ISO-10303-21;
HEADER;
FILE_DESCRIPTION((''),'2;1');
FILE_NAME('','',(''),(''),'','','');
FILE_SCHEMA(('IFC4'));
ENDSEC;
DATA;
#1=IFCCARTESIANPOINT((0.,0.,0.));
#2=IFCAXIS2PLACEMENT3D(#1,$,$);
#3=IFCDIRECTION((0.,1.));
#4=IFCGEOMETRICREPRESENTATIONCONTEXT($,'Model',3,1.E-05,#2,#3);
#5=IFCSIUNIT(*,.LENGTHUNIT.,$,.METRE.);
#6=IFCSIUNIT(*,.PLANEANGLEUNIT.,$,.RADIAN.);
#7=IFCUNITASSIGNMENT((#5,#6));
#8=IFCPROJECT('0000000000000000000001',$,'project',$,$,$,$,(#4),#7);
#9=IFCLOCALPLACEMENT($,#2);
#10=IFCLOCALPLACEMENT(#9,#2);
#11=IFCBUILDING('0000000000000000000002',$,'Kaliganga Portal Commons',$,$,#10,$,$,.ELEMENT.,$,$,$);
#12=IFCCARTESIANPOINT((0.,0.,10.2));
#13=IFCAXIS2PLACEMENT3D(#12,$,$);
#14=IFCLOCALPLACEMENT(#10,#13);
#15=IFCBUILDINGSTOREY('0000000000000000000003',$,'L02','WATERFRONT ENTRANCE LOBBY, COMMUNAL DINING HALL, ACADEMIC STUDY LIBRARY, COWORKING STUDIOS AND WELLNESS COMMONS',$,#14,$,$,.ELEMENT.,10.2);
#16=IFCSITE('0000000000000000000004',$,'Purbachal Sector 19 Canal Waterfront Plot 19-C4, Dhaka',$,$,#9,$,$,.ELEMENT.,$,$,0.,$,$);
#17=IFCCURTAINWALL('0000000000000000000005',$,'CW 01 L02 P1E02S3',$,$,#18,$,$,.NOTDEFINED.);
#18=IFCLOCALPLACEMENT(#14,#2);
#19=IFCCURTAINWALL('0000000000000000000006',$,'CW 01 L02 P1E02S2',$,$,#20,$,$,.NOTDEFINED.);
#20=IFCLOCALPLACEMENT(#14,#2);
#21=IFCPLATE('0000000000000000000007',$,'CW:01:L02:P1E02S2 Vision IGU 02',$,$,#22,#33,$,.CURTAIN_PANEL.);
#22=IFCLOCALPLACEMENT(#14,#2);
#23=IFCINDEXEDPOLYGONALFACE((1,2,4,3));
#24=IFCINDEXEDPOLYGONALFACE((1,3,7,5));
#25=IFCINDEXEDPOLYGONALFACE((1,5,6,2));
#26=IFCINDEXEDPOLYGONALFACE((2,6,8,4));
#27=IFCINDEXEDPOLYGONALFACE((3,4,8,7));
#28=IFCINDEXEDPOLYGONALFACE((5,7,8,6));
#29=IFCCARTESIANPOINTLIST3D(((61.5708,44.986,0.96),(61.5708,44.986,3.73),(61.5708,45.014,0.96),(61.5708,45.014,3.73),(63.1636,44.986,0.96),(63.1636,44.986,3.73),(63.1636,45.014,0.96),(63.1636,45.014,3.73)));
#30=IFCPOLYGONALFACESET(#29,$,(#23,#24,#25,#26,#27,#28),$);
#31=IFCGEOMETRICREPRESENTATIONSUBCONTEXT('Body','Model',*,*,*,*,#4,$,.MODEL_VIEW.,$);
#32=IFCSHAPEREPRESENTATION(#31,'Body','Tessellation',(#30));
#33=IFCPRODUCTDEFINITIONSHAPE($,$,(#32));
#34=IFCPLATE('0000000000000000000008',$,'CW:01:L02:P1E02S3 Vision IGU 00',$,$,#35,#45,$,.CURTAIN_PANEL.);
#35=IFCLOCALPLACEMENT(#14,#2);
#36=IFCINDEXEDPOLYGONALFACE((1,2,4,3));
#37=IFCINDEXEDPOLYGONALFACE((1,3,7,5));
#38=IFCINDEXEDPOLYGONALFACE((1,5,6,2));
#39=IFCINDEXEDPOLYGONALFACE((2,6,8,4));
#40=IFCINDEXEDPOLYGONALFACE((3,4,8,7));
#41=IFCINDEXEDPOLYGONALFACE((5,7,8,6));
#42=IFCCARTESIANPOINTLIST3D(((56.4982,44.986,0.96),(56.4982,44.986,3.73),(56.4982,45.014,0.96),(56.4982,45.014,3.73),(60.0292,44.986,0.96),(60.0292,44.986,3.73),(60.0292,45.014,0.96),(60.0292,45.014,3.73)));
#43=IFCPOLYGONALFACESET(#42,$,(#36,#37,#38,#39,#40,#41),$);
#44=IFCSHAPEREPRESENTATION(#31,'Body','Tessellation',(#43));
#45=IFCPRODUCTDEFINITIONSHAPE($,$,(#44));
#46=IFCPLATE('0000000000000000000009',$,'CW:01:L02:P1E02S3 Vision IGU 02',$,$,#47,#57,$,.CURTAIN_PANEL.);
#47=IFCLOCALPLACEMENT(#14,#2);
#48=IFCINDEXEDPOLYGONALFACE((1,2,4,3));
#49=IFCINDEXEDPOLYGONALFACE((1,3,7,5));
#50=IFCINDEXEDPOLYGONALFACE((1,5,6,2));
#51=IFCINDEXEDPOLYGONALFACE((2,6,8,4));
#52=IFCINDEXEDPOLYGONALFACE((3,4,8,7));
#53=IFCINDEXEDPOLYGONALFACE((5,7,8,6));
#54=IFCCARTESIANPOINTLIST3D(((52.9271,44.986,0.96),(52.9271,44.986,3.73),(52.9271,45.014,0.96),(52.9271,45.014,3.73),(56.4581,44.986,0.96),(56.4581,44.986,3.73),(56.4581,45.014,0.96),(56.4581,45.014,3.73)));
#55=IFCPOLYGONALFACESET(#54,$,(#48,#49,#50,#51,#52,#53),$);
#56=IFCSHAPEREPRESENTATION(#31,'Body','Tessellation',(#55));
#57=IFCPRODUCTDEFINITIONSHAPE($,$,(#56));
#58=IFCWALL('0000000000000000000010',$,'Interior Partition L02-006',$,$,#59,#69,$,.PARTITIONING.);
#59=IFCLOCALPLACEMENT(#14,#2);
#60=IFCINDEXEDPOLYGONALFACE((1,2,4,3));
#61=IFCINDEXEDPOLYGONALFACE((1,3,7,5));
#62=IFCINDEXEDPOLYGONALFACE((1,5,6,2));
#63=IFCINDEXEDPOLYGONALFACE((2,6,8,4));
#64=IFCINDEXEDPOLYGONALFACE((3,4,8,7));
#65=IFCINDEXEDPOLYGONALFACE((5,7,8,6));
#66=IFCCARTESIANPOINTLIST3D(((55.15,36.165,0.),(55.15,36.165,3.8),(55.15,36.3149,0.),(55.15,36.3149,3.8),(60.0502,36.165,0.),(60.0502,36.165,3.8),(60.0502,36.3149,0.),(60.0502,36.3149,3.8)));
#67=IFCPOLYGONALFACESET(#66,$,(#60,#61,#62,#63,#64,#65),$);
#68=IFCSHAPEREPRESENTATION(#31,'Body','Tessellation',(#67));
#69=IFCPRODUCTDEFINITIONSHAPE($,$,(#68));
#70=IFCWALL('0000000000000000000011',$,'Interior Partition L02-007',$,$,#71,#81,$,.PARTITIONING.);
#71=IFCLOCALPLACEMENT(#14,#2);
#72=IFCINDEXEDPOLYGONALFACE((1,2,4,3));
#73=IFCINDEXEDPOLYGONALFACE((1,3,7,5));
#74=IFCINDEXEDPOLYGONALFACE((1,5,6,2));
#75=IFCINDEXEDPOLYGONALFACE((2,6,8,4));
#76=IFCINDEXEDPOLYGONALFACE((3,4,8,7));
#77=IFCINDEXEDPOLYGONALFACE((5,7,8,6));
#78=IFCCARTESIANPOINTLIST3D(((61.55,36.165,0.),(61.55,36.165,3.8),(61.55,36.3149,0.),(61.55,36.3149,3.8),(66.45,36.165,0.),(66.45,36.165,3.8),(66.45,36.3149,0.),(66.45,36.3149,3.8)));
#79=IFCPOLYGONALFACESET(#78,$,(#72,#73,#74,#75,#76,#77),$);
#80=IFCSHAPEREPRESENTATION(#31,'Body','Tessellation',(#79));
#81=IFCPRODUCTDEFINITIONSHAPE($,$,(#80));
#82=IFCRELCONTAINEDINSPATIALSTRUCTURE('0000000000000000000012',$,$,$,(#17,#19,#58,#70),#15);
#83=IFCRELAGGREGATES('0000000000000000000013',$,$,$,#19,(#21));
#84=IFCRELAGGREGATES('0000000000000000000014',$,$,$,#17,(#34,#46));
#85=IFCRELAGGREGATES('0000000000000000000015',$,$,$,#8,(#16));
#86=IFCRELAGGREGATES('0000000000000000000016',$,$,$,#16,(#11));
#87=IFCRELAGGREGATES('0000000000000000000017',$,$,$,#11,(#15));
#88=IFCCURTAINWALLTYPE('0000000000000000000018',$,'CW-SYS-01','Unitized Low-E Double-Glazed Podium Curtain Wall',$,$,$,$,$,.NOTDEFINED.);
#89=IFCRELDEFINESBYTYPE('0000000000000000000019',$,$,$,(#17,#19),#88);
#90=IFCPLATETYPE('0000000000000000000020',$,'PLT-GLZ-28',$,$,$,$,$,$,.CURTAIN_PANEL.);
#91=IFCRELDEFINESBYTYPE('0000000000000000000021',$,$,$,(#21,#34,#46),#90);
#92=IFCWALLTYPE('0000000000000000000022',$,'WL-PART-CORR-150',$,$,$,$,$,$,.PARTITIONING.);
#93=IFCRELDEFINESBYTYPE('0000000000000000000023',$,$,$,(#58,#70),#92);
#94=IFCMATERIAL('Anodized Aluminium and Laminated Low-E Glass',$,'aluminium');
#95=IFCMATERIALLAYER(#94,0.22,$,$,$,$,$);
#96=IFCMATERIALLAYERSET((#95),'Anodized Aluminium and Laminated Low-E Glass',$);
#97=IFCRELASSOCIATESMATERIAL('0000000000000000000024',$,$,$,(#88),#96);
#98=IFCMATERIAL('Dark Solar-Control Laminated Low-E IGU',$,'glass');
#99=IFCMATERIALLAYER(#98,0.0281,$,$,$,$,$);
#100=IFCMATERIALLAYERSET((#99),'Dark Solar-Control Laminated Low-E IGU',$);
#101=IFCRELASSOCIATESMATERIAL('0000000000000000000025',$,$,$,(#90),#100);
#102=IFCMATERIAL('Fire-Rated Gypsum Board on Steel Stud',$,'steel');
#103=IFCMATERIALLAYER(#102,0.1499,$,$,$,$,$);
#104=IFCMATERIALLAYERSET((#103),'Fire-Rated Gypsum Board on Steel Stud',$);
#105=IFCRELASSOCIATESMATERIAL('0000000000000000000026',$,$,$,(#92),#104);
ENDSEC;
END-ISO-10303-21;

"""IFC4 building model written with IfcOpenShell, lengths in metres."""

from ifc_helpers import new_model, si_unit, direction, frame, frame_2d, origin, origin_2d, place, context, subcontext, project, spatial, rectangle, extrude, source, transform, mapped, material, layer, layer_set, type_object, element, aggregate, save


model = new_model("IFC4")

# Units and contexts
model_context = context("Model", 3, precision=1e-05, world=origin(), true_north=direction((0.0, 1.0)))
body_context = subcontext(model_context, "Body", "Model", "MODEL_VIEW")
ifc_project = project(units=[si_unit("LENGTHUNIT", "METRE"), si_unit("PLANEANGLEUNIT", "RADIAN")], contexts=[model_context])

# Site, building, storey
site_placement = place(None, origin())
site = spatial("IfcSite", under=ifc_project, at=site_placement, Name="Purbachal Sector 19 Canal Waterfront Plot 19-C4, Dhaka", CompositionType="ELEMENT", RefElevation=0.0)
building_placement = place(site_placement, origin())
building = spatial("IfcBuilding", under=site, at=building_placement, Name="Kaliganga Portal Commons", CompositionType="ELEMENT")
storey_placement = place(building_placement, frame((0.0, 0.0, 10.2)))
storey = spatial("IfcBuildingStorey", under=building, at=storey_placement, Name="L02", Description="WATERFRONT ENTRANCE LOBBY, COMMUNAL DINING HALL, ACADEMIC STUDY LIBRARY, COWORKING STUDIOS AND WELLNESS COMMONS", CompositionType="ELEMENT", Elevation=10.2)

# Curtain walls
ifc_material_1 = material(Name="Anodized Aluminium and Laminated Low-E Glass", Category="aluminium")
ifc_layer_1 = layer(ifc_material_1, 0.22)
ifc_layer_set_1 = layer_set([ifc_layer_1], Name="Anodized Aluminium and Laminated Low-E Glass")
curtain_wall_type = type_object("IfcCurtainWallType", Name="CW-SYS-01", Description="Unitized Low-E Double-Glazed Podium Curtain Wall", PredefinedType="NOTDEFINED", material=ifc_layer_set_1)
curtain_wall_1_placement = place(storey_placement, origin())
curtain_wall_1 = element("IfcCurtainWall", 1, at=curtain_wall_1_placement, inside=storey, type_object=curtain_wall_type, Name="CW 01 L02 P1E02S3", PredefinedType="NOTDEFINED")
curtain_wall_2_placement = place(storey_placement, origin())
curtain_wall_2 = element("IfcCurtainWall", 2, at=curtain_wall_2_placement, inside=storey, type_object=curtain_wall_type, Name="CW 01 L02 P1E02S2", PredefinedType="NOTDEFINED")

# Plates
ifc_material_2 = material(Name="Dark Solar-Control Laminated Low-E IGU", Category="glass")
ifc_layer_2 = layer(ifc_material_2, 0.0281)
ifc_layer_set_2 = layer_set([ifc_layer_2], Name="Dark Solar-Control Laminated Low-E IGU")
plate_type_1 = type_object("IfcPlateType", Name="PLT-GLZ-28", PredefinedType="CURTAIN_PANEL", material=ifc_layer_set_2)
shared_shape_1 = source(origin(), body_context, "Body", "SweptSolid", [
    extrude(rectangle(XDim=1.5928, YDim=0.0281, at=origin_2d()), origin(), (0.0, 0.0, 1.0), 2.77),
])
plate_1_placement = place(storey_placement, frame((62.3672, 45.0, 0.96), z_axis=(0.0, 0.0, 1.0), x_axis=(-1.0, 0.0, 0.0)))
plate_1 = element("IfcPlate", 3, at=plate_1_placement, type_object=plate_type_1, Name="CW:01:L02:P1E02S2 Vision IGU 02", PredefinedType="CURTAIN_PANEL", context=body_context, shape_type="MappedRepresentation", body=[
    mapped(shared_shape_1, transform((0.0, 0.0, 0.0), x_axis=(1.0, 0.0, 0.0), y_axis=(0.0, 1.0, 0.0), z_axis=(0.0, 0.0, 1.0), scale=1.0)),
])
aggregate(curtain_wall_2, [plate_1])
shared_shape_2 = source(origin(), body_context, "Body", "SweptSolid", [
    extrude(rectangle(XDim=3.531, YDim=0.0281, at=origin_2d()), origin(), (0.0, 0.0, 1.0), 2.77),
])
plate_2_placement = place(storey_placement, frame((58.2637, 45.0, 0.96), z_axis=(0.0, 0.0, 1.0), x_axis=(-1.0, 0.0, 0.0)))
plate_2 = element("IfcPlate", 4, at=plate_2_placement, type_object=plate_type_1, Name="CW:01:L02:P1E02S3 Vision IGU 00", PredefinedType="CURTAIN_PANEL", context=body_context, shape_type="MappedRepresentation", body=[
    mapped(shared_shape_2, transform((0.0, 0.0, 0.0), x_axis=(1.0, 0.0, 0.0), y_axis=(0.0, 1.0, 0.0), z_axis=(0.0, 0.0, 1.0), scale=1.0)),
])
plate_3_placement = place(storey_placement, frame((54.6926, 45.0, 0.96), z_axis=(0.0, 0.0, 1.0), x_axis=(-1.0, 0.0, 0.0)))
plate_3 = element("IfcPlate", 5, at=plate_3_placement, type_object=plate_type_1, Name="CW:01:L02:P1E02S3 Vision IGU 02", PredefinedType="CURTAIN_PANEL", context=body_context, shape_type="MappedRepresentation", body=[
    mapped(shared_shape_2, transform((0.0, 0.0, 0.0), x_axis=(1.0, 0.0, 0.0), y_axis=(0.0, 1.0, 0.0), z_axis=(0.0, 0.0, 1.0), scale=1.0)),
])
aggregate(curtain_wall_1, [plate_2, plate_3])

# Walls
ifc_material_3 = material(Name="Fire-Rated Gypsum Board on Steel Stud", Category="steel")
ifc_layer_3 = layer(ifc_material_3, 0.1499)
ifc_layer_set_3 = layer_set([ifc_layer_3], Name="Fire-Rated Gypsum Board on Steel Stud")
wall_type = type_object("IfcWallType", Name="WL-PART-CORR-150", PredefinedType="PARTITIONING", material=ifc_layer_set_3)
wall_1_placement = place(storey_placement, frame((55.1499, 36.24, 0.0), z_axis=(0.0, 0.0, 1.0), x_axis=(1.0, 0.0, 0.0)))
element("IfcWall", 6, at=wall_1_placement, inside=storey, type_object=wall_type, Name="Interior Partition L02-006", PredefinedType="PARTITIONING", context=body_context, shape_type="SweptSolid", body=[
    extrude(rectangle(XDim=4.9001, YDim=0.1499, at=frame_2d((2.4502, 0.0))), origin(), (0.0, 0.0, 1.0), 3.8),
])
wall_2_placement = place(storey_placement, frame((61.55, 36.24, 0.0), z_axis=(0.0, 0.0, 1.0), x_axis=(1.0, 0.0, 0.0)))
element("IfcWall", 7, at=wall_2_placement, inside=storey, type_object=wall_type, Name="Interior Partition L02-007", PredefinedType="PARTITIONING", context=body_context, shape_type="SweptSolid", body=[
    extrude(rectangle(XDim=4.8999, YDim=0.1499, at=frame_2d((2.45, 0.0))), origin(), (0.0, 0.0, 1.0), 3.8),
])

save(model, "model.ifc")
